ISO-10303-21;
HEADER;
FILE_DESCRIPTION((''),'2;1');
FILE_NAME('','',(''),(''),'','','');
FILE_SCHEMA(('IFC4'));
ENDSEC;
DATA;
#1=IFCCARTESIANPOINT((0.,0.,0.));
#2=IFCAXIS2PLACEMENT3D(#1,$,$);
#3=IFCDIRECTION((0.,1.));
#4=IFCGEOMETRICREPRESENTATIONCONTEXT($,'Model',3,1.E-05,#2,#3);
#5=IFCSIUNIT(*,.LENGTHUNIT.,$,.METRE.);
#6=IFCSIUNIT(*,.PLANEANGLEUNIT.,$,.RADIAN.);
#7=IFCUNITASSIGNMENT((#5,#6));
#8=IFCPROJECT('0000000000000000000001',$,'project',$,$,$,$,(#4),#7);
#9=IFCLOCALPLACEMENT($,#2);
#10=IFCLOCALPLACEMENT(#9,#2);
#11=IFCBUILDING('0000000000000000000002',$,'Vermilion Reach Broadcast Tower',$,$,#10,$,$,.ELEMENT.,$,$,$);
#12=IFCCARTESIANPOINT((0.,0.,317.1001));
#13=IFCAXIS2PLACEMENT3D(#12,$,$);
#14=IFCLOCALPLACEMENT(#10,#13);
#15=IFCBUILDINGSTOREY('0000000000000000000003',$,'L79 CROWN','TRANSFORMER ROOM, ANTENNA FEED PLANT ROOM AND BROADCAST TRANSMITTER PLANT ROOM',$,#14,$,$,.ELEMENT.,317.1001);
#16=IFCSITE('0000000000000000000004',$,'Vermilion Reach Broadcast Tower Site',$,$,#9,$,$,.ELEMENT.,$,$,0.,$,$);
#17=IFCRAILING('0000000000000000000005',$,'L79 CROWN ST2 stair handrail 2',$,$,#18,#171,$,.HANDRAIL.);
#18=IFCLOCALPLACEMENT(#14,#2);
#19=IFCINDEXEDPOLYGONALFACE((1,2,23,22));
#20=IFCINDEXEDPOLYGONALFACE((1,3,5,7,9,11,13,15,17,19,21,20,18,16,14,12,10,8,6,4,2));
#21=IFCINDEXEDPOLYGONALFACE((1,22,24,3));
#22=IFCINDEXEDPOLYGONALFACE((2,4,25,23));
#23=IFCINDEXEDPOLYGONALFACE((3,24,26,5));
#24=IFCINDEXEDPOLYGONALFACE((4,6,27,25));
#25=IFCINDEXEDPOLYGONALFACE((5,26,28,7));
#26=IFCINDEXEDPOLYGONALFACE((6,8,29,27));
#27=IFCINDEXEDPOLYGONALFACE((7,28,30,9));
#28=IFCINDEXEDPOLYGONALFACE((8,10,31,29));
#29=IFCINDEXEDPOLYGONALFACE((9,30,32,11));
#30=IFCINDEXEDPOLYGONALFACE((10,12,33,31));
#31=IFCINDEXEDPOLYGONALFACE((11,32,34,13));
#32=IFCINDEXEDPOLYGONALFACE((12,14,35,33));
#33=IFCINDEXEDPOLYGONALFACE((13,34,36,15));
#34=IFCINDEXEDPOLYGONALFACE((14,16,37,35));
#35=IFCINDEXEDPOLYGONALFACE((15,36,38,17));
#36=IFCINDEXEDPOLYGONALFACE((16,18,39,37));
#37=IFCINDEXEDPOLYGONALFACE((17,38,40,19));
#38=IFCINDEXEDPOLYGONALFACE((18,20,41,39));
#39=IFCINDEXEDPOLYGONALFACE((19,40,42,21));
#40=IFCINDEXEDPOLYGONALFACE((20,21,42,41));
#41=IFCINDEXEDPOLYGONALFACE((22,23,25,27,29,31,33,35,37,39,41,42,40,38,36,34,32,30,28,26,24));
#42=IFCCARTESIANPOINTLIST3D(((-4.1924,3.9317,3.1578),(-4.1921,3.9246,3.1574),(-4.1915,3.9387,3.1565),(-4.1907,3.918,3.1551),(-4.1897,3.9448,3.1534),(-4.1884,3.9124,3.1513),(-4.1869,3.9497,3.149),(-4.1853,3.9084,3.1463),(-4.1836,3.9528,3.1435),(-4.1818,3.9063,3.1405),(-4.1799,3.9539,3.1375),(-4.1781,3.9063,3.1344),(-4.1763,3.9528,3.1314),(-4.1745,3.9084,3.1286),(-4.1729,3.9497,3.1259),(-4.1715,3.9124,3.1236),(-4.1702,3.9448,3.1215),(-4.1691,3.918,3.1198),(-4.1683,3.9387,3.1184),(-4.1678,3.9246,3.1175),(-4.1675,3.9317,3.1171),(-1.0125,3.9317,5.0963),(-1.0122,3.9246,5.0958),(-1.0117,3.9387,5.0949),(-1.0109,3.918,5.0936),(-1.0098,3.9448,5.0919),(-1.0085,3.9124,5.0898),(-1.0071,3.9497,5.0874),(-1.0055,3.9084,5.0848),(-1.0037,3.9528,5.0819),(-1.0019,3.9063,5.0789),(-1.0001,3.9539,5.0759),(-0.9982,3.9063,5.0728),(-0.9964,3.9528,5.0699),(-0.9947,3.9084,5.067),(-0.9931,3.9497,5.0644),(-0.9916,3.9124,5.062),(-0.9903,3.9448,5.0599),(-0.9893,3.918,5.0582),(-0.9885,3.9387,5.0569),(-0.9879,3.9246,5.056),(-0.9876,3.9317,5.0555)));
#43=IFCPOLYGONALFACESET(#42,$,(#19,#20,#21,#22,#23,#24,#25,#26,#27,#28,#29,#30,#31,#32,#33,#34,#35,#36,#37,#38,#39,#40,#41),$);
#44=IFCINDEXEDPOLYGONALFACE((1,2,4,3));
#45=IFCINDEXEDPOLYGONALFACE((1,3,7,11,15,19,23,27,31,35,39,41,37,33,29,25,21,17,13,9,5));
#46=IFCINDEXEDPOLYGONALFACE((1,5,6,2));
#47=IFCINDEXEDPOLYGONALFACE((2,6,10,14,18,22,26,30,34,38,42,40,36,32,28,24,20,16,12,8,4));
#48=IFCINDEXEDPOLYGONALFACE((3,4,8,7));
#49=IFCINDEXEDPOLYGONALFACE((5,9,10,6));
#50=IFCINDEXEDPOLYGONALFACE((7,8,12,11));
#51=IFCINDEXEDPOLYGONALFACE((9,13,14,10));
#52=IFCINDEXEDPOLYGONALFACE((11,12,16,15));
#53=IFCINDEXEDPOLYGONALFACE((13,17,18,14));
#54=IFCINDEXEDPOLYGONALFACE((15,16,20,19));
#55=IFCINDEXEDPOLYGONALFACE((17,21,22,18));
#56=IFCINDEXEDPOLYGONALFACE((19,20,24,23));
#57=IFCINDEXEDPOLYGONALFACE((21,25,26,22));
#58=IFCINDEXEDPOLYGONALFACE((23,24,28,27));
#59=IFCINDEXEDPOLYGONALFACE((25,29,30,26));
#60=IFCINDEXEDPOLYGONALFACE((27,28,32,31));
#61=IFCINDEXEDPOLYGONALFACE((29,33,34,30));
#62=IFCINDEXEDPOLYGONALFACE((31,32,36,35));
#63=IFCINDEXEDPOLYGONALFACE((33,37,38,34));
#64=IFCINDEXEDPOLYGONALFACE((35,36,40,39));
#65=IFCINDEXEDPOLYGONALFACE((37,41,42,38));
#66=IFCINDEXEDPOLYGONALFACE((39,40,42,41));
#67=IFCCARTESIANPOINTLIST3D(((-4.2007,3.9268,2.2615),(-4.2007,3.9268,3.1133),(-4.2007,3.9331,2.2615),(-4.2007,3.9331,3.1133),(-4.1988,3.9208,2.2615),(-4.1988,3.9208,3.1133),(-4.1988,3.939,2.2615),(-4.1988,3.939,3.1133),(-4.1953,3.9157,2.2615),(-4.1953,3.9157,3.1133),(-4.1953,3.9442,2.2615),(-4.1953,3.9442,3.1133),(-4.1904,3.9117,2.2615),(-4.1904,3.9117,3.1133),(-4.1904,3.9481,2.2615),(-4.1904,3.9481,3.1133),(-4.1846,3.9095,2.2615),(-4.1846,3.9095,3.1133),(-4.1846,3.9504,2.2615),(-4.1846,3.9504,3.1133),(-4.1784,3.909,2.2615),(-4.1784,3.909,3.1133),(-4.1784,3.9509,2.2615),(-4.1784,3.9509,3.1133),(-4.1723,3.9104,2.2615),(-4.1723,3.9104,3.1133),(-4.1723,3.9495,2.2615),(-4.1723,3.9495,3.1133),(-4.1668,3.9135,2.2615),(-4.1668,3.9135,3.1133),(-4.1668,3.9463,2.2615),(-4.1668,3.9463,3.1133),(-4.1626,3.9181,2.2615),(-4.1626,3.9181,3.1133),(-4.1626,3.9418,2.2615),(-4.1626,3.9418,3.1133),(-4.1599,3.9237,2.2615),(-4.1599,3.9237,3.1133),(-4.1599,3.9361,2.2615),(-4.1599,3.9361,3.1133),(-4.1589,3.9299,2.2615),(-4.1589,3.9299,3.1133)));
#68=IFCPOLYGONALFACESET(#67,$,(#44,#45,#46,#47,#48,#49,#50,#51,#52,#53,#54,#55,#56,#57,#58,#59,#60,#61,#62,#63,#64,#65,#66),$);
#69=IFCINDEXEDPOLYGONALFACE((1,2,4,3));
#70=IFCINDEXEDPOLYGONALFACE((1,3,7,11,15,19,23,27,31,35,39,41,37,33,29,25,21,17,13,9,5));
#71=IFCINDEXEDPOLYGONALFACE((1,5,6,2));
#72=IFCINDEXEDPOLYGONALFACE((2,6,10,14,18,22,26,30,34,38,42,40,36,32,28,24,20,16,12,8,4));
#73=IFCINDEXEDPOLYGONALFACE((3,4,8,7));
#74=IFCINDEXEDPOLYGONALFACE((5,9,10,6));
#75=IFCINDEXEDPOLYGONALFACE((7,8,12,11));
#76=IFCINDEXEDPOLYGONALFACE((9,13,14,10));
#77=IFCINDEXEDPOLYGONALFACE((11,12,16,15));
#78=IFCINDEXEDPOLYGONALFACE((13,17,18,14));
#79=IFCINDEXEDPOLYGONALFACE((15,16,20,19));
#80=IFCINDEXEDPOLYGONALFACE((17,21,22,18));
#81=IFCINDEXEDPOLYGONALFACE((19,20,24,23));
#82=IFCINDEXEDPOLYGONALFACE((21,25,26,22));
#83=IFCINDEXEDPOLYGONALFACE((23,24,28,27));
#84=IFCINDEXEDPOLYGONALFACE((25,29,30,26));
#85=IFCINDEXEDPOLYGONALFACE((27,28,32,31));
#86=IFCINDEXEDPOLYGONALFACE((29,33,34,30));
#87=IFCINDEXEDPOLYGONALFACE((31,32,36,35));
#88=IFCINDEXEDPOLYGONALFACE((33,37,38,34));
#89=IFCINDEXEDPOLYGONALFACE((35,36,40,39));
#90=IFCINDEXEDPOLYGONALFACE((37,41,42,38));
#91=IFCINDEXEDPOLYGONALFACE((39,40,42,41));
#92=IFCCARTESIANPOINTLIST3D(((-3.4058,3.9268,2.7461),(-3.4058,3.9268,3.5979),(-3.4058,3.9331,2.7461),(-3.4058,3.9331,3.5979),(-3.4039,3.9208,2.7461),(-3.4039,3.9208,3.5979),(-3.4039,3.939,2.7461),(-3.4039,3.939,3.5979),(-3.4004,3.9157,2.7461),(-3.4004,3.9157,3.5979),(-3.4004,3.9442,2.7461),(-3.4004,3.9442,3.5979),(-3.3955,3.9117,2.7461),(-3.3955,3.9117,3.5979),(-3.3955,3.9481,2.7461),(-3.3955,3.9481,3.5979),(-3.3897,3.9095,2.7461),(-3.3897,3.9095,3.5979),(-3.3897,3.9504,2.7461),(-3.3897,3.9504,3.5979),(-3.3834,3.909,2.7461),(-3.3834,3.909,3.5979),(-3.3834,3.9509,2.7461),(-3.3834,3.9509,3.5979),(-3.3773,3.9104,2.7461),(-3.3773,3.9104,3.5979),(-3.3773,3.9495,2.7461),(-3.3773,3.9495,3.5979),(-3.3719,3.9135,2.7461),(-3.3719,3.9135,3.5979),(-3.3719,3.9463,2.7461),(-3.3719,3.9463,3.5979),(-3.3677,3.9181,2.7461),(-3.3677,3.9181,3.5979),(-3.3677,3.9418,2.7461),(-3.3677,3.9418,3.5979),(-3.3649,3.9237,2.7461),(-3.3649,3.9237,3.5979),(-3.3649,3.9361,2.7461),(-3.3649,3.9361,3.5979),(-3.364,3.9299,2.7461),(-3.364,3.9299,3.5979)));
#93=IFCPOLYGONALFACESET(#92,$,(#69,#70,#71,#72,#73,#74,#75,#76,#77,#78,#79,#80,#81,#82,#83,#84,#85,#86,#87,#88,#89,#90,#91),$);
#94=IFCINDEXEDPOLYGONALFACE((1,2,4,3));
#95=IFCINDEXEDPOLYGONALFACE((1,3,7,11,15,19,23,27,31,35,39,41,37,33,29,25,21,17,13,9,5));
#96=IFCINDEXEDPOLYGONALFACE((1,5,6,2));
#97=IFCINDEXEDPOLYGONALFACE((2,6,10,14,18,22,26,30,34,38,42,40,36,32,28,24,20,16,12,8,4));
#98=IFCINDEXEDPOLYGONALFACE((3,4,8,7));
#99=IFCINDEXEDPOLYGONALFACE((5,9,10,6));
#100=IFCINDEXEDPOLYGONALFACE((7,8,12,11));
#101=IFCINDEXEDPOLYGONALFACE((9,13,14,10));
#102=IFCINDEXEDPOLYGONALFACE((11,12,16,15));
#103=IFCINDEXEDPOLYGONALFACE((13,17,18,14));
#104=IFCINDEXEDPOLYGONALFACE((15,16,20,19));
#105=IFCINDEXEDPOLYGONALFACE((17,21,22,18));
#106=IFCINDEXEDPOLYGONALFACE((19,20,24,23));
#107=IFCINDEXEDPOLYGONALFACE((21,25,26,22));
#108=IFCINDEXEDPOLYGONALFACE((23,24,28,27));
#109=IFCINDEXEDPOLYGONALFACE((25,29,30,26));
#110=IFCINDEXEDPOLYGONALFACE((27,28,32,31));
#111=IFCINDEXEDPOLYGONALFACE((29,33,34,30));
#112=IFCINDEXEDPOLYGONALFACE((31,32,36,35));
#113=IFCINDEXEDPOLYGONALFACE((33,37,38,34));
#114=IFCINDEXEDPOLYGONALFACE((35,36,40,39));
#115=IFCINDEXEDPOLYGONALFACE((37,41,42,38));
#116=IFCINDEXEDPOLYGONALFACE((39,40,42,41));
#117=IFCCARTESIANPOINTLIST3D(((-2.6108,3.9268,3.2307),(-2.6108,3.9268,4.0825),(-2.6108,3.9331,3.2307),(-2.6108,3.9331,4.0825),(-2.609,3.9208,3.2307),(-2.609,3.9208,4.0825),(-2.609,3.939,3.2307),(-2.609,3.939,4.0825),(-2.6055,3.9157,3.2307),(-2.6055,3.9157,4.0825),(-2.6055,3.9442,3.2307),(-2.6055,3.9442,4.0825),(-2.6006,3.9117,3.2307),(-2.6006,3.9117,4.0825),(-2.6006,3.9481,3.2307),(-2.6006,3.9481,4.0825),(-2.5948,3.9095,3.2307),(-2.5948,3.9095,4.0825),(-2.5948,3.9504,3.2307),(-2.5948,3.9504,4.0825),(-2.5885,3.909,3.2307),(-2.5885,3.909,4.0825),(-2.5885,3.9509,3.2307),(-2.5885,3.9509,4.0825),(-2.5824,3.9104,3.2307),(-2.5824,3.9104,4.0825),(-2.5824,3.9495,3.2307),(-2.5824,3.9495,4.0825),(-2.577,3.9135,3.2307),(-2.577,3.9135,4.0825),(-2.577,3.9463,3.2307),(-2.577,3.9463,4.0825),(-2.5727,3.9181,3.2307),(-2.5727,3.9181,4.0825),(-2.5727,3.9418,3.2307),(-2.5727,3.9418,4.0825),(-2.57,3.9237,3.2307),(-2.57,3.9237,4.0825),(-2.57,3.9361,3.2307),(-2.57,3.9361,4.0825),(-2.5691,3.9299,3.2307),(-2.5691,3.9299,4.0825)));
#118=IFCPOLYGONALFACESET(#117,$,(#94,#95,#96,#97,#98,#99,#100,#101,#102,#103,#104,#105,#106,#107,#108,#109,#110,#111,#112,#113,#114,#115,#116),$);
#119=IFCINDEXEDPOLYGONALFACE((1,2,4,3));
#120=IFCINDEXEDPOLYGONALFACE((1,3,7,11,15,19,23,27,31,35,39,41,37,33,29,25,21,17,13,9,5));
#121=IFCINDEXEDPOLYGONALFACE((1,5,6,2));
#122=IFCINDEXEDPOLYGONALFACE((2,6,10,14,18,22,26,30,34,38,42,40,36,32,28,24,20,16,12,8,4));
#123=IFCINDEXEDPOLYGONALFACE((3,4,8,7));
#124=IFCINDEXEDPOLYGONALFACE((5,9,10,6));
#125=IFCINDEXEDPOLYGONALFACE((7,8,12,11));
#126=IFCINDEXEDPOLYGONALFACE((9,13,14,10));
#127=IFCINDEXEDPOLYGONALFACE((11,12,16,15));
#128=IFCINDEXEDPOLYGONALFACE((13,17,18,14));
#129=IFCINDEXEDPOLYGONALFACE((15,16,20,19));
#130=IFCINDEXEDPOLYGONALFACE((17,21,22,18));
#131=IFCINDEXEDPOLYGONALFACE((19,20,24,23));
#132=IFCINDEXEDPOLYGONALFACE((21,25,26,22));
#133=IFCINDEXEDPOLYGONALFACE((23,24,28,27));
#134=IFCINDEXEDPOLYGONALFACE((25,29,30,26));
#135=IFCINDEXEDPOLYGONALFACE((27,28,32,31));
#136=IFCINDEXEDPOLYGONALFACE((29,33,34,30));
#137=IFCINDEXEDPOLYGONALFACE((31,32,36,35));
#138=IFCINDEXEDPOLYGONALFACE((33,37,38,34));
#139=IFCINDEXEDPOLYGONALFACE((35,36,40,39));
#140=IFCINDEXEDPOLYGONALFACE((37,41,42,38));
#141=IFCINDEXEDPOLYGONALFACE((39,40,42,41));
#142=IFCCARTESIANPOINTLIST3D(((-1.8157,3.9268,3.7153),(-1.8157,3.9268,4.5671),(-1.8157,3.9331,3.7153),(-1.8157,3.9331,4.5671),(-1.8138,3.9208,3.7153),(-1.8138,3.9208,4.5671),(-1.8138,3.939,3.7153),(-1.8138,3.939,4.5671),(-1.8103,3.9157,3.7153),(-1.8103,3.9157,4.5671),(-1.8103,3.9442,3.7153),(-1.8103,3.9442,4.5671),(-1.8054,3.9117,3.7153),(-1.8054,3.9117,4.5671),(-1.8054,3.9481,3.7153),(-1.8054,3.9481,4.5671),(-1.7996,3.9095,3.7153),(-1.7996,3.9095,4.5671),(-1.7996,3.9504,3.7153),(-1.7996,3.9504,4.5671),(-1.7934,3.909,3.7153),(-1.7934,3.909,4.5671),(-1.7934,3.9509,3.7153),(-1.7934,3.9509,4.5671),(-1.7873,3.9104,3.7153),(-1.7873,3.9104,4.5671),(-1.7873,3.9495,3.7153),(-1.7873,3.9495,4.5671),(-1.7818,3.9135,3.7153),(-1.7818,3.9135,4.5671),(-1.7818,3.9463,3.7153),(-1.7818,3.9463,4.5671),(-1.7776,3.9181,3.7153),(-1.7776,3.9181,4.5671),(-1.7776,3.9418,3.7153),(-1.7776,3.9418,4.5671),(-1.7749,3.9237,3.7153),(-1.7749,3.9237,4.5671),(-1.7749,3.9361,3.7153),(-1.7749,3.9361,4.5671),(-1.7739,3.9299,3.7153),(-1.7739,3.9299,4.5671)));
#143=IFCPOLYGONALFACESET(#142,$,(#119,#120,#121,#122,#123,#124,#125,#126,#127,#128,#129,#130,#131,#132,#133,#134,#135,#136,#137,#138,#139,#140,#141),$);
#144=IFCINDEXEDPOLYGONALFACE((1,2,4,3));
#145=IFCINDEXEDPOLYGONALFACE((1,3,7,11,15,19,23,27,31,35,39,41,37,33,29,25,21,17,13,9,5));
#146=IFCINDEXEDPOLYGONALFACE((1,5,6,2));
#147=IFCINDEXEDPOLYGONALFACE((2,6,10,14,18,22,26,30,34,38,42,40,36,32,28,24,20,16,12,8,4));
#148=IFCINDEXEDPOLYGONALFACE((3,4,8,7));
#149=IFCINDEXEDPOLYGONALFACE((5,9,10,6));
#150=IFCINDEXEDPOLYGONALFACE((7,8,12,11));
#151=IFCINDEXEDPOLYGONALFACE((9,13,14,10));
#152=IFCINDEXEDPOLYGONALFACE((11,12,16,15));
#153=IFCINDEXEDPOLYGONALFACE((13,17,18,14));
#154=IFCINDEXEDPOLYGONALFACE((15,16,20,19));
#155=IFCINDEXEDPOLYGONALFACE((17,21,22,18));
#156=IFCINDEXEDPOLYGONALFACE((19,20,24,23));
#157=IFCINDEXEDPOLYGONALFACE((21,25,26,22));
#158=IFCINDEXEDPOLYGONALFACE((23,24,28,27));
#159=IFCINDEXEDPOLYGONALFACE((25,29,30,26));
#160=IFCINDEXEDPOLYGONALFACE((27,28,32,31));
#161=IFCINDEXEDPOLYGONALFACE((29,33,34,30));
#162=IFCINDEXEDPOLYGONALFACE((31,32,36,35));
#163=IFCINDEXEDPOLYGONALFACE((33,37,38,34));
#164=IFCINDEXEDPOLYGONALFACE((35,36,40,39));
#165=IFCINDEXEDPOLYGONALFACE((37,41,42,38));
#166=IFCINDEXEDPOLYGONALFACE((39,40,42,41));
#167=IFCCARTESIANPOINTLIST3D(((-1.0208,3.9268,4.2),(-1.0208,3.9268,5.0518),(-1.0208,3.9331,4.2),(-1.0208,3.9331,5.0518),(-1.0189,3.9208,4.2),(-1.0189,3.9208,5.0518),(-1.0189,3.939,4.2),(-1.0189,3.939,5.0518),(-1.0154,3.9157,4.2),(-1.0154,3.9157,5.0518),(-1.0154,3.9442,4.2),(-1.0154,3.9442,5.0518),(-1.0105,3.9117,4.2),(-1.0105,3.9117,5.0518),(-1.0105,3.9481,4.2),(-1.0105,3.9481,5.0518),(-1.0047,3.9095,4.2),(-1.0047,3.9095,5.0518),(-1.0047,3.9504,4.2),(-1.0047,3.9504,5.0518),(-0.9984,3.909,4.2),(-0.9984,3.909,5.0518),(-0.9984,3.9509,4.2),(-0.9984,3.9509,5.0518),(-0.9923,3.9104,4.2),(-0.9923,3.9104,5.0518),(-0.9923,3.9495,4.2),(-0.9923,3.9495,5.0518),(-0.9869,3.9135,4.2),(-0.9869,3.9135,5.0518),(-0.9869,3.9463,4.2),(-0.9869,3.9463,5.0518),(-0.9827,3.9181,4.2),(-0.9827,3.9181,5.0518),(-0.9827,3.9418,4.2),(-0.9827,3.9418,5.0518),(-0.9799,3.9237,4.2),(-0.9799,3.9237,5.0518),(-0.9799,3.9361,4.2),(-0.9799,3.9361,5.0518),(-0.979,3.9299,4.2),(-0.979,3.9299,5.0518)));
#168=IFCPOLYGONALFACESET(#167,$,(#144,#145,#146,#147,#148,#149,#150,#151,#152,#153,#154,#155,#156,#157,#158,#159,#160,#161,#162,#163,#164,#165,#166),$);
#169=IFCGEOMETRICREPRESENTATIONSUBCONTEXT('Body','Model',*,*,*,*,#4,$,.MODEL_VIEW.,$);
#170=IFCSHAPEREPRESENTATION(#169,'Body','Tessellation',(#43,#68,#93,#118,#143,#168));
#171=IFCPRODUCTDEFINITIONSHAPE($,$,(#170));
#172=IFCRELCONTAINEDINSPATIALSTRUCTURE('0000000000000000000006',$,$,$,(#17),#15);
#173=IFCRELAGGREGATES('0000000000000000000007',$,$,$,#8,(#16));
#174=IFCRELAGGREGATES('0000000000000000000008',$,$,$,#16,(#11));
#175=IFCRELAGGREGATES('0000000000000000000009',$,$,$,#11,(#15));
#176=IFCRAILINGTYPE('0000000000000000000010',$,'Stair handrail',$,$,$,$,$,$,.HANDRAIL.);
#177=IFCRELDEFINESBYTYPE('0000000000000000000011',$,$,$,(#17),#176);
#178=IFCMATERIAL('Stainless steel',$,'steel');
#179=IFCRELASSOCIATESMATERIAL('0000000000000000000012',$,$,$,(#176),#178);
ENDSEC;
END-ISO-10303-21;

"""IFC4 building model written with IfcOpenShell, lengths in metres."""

from ifc_helpers import new_model, si_unit, direction, frame, origin, origin_2d, place, context, subcontext, project, spatial, circle, extrude, material, type_object, element, save


model = new_model("IFC4")

# Units and contexts
model_context = context("Model", 3, precision=1e-05, world=origin(), true_north=direction((0.0, 1.0)))
body_context = subcontext(model_context, "Body", "Model", "MODEL_VIEW")
ifc_project = project(units=[si_unit("LENGTHUNIT", "METRE"), si_unit("PLANEANGLEUNIT", "RADIAN")], contexts=[model_context])

# Site, building, storey
site_placement = place(None, origin())
site = spatial("IfcSite", under=ifc_project, at=site_placement, Name="Vermilion Reach Broadcast Tower Site", CompositionType="ELEMENT", RefElevation=0.0)
building_placement = place(site_placement, origin())
building = spatial("IfcBuilding", under=site, at=building_placement, Name="Vermilion Reach Broadcast Tower", CompositionType="ELEMENT")
storey_placement = place(building_placement, frame((0.0, 0.0, 317.1001)))
storey = spatial("IfcBuildingStorey", under=building, at=storey_placement, Name="L79 CROWN", Description="TRANSFORMER ROOM, ANTENNA FEED PLANT ROOM AND BROADCAST TRANSMITTER PLANT ROOM", CompositionType="ELEMENT", Elevation=317.1001)

# Railing
ifc_material_1 = material(Name="Stainless steel", Category="steel")
railing_type_1 = type_object("IfcRailingType", Name="Stair handrail", PredefinedType="HANDRAIL", material=ifc_material_1)
railing_1_placement = place(storey_placement, frame((-4.1799, 3.9299, 2.2615)))
element("IfcRailing", 1, at=railing_1_placement, inside=storey, type_object=railing_type_1, Name="L79 CROWN ST2 stair handrail 2", PredefinedType="HANDRAIL", context=body_context, shape_type="SweptSolid", body=[
    extrude(circle(Radius=0.0239, at=origin_2d()), frame((0.0, 0.0, 0.876), z_axis=(0.853857, 0.0, 0.520508), x_axis=(0.0, 1.0, 0.0)), (0.0, 0.0, 1.0), 3.7241),
    extrude(circle(Radius=0.021, at=origin_2d()), origin(), (0.0, 0.0, 1.0), 0.8518),
    extrude(circle(Radius=0.021, at=origin_2d()), frame((0.7949, 0.0, 0.4846)), (0.0, 0.0, 1.0), 0.8518),
    extrude(circle(Radius=0.021, at=origin_2d()), frame((1.5898, 0.0, 0.9692)), (0.0, 0.0, 1.0), 0.8518),
    extrude(circle(Radius=0.021, at=origin_2d()), frame((2.385, 0.0, 1.4539)), (0.0, 0.0, 1.0), 0.8518),
    extrude(circle(Radius=0.021, at=origin_2d()), frame((3.1799, 0.0, 1.9385)), (0.0, 0.0, 1.0), 0.8518),
])

save(model, "model.ifc")
